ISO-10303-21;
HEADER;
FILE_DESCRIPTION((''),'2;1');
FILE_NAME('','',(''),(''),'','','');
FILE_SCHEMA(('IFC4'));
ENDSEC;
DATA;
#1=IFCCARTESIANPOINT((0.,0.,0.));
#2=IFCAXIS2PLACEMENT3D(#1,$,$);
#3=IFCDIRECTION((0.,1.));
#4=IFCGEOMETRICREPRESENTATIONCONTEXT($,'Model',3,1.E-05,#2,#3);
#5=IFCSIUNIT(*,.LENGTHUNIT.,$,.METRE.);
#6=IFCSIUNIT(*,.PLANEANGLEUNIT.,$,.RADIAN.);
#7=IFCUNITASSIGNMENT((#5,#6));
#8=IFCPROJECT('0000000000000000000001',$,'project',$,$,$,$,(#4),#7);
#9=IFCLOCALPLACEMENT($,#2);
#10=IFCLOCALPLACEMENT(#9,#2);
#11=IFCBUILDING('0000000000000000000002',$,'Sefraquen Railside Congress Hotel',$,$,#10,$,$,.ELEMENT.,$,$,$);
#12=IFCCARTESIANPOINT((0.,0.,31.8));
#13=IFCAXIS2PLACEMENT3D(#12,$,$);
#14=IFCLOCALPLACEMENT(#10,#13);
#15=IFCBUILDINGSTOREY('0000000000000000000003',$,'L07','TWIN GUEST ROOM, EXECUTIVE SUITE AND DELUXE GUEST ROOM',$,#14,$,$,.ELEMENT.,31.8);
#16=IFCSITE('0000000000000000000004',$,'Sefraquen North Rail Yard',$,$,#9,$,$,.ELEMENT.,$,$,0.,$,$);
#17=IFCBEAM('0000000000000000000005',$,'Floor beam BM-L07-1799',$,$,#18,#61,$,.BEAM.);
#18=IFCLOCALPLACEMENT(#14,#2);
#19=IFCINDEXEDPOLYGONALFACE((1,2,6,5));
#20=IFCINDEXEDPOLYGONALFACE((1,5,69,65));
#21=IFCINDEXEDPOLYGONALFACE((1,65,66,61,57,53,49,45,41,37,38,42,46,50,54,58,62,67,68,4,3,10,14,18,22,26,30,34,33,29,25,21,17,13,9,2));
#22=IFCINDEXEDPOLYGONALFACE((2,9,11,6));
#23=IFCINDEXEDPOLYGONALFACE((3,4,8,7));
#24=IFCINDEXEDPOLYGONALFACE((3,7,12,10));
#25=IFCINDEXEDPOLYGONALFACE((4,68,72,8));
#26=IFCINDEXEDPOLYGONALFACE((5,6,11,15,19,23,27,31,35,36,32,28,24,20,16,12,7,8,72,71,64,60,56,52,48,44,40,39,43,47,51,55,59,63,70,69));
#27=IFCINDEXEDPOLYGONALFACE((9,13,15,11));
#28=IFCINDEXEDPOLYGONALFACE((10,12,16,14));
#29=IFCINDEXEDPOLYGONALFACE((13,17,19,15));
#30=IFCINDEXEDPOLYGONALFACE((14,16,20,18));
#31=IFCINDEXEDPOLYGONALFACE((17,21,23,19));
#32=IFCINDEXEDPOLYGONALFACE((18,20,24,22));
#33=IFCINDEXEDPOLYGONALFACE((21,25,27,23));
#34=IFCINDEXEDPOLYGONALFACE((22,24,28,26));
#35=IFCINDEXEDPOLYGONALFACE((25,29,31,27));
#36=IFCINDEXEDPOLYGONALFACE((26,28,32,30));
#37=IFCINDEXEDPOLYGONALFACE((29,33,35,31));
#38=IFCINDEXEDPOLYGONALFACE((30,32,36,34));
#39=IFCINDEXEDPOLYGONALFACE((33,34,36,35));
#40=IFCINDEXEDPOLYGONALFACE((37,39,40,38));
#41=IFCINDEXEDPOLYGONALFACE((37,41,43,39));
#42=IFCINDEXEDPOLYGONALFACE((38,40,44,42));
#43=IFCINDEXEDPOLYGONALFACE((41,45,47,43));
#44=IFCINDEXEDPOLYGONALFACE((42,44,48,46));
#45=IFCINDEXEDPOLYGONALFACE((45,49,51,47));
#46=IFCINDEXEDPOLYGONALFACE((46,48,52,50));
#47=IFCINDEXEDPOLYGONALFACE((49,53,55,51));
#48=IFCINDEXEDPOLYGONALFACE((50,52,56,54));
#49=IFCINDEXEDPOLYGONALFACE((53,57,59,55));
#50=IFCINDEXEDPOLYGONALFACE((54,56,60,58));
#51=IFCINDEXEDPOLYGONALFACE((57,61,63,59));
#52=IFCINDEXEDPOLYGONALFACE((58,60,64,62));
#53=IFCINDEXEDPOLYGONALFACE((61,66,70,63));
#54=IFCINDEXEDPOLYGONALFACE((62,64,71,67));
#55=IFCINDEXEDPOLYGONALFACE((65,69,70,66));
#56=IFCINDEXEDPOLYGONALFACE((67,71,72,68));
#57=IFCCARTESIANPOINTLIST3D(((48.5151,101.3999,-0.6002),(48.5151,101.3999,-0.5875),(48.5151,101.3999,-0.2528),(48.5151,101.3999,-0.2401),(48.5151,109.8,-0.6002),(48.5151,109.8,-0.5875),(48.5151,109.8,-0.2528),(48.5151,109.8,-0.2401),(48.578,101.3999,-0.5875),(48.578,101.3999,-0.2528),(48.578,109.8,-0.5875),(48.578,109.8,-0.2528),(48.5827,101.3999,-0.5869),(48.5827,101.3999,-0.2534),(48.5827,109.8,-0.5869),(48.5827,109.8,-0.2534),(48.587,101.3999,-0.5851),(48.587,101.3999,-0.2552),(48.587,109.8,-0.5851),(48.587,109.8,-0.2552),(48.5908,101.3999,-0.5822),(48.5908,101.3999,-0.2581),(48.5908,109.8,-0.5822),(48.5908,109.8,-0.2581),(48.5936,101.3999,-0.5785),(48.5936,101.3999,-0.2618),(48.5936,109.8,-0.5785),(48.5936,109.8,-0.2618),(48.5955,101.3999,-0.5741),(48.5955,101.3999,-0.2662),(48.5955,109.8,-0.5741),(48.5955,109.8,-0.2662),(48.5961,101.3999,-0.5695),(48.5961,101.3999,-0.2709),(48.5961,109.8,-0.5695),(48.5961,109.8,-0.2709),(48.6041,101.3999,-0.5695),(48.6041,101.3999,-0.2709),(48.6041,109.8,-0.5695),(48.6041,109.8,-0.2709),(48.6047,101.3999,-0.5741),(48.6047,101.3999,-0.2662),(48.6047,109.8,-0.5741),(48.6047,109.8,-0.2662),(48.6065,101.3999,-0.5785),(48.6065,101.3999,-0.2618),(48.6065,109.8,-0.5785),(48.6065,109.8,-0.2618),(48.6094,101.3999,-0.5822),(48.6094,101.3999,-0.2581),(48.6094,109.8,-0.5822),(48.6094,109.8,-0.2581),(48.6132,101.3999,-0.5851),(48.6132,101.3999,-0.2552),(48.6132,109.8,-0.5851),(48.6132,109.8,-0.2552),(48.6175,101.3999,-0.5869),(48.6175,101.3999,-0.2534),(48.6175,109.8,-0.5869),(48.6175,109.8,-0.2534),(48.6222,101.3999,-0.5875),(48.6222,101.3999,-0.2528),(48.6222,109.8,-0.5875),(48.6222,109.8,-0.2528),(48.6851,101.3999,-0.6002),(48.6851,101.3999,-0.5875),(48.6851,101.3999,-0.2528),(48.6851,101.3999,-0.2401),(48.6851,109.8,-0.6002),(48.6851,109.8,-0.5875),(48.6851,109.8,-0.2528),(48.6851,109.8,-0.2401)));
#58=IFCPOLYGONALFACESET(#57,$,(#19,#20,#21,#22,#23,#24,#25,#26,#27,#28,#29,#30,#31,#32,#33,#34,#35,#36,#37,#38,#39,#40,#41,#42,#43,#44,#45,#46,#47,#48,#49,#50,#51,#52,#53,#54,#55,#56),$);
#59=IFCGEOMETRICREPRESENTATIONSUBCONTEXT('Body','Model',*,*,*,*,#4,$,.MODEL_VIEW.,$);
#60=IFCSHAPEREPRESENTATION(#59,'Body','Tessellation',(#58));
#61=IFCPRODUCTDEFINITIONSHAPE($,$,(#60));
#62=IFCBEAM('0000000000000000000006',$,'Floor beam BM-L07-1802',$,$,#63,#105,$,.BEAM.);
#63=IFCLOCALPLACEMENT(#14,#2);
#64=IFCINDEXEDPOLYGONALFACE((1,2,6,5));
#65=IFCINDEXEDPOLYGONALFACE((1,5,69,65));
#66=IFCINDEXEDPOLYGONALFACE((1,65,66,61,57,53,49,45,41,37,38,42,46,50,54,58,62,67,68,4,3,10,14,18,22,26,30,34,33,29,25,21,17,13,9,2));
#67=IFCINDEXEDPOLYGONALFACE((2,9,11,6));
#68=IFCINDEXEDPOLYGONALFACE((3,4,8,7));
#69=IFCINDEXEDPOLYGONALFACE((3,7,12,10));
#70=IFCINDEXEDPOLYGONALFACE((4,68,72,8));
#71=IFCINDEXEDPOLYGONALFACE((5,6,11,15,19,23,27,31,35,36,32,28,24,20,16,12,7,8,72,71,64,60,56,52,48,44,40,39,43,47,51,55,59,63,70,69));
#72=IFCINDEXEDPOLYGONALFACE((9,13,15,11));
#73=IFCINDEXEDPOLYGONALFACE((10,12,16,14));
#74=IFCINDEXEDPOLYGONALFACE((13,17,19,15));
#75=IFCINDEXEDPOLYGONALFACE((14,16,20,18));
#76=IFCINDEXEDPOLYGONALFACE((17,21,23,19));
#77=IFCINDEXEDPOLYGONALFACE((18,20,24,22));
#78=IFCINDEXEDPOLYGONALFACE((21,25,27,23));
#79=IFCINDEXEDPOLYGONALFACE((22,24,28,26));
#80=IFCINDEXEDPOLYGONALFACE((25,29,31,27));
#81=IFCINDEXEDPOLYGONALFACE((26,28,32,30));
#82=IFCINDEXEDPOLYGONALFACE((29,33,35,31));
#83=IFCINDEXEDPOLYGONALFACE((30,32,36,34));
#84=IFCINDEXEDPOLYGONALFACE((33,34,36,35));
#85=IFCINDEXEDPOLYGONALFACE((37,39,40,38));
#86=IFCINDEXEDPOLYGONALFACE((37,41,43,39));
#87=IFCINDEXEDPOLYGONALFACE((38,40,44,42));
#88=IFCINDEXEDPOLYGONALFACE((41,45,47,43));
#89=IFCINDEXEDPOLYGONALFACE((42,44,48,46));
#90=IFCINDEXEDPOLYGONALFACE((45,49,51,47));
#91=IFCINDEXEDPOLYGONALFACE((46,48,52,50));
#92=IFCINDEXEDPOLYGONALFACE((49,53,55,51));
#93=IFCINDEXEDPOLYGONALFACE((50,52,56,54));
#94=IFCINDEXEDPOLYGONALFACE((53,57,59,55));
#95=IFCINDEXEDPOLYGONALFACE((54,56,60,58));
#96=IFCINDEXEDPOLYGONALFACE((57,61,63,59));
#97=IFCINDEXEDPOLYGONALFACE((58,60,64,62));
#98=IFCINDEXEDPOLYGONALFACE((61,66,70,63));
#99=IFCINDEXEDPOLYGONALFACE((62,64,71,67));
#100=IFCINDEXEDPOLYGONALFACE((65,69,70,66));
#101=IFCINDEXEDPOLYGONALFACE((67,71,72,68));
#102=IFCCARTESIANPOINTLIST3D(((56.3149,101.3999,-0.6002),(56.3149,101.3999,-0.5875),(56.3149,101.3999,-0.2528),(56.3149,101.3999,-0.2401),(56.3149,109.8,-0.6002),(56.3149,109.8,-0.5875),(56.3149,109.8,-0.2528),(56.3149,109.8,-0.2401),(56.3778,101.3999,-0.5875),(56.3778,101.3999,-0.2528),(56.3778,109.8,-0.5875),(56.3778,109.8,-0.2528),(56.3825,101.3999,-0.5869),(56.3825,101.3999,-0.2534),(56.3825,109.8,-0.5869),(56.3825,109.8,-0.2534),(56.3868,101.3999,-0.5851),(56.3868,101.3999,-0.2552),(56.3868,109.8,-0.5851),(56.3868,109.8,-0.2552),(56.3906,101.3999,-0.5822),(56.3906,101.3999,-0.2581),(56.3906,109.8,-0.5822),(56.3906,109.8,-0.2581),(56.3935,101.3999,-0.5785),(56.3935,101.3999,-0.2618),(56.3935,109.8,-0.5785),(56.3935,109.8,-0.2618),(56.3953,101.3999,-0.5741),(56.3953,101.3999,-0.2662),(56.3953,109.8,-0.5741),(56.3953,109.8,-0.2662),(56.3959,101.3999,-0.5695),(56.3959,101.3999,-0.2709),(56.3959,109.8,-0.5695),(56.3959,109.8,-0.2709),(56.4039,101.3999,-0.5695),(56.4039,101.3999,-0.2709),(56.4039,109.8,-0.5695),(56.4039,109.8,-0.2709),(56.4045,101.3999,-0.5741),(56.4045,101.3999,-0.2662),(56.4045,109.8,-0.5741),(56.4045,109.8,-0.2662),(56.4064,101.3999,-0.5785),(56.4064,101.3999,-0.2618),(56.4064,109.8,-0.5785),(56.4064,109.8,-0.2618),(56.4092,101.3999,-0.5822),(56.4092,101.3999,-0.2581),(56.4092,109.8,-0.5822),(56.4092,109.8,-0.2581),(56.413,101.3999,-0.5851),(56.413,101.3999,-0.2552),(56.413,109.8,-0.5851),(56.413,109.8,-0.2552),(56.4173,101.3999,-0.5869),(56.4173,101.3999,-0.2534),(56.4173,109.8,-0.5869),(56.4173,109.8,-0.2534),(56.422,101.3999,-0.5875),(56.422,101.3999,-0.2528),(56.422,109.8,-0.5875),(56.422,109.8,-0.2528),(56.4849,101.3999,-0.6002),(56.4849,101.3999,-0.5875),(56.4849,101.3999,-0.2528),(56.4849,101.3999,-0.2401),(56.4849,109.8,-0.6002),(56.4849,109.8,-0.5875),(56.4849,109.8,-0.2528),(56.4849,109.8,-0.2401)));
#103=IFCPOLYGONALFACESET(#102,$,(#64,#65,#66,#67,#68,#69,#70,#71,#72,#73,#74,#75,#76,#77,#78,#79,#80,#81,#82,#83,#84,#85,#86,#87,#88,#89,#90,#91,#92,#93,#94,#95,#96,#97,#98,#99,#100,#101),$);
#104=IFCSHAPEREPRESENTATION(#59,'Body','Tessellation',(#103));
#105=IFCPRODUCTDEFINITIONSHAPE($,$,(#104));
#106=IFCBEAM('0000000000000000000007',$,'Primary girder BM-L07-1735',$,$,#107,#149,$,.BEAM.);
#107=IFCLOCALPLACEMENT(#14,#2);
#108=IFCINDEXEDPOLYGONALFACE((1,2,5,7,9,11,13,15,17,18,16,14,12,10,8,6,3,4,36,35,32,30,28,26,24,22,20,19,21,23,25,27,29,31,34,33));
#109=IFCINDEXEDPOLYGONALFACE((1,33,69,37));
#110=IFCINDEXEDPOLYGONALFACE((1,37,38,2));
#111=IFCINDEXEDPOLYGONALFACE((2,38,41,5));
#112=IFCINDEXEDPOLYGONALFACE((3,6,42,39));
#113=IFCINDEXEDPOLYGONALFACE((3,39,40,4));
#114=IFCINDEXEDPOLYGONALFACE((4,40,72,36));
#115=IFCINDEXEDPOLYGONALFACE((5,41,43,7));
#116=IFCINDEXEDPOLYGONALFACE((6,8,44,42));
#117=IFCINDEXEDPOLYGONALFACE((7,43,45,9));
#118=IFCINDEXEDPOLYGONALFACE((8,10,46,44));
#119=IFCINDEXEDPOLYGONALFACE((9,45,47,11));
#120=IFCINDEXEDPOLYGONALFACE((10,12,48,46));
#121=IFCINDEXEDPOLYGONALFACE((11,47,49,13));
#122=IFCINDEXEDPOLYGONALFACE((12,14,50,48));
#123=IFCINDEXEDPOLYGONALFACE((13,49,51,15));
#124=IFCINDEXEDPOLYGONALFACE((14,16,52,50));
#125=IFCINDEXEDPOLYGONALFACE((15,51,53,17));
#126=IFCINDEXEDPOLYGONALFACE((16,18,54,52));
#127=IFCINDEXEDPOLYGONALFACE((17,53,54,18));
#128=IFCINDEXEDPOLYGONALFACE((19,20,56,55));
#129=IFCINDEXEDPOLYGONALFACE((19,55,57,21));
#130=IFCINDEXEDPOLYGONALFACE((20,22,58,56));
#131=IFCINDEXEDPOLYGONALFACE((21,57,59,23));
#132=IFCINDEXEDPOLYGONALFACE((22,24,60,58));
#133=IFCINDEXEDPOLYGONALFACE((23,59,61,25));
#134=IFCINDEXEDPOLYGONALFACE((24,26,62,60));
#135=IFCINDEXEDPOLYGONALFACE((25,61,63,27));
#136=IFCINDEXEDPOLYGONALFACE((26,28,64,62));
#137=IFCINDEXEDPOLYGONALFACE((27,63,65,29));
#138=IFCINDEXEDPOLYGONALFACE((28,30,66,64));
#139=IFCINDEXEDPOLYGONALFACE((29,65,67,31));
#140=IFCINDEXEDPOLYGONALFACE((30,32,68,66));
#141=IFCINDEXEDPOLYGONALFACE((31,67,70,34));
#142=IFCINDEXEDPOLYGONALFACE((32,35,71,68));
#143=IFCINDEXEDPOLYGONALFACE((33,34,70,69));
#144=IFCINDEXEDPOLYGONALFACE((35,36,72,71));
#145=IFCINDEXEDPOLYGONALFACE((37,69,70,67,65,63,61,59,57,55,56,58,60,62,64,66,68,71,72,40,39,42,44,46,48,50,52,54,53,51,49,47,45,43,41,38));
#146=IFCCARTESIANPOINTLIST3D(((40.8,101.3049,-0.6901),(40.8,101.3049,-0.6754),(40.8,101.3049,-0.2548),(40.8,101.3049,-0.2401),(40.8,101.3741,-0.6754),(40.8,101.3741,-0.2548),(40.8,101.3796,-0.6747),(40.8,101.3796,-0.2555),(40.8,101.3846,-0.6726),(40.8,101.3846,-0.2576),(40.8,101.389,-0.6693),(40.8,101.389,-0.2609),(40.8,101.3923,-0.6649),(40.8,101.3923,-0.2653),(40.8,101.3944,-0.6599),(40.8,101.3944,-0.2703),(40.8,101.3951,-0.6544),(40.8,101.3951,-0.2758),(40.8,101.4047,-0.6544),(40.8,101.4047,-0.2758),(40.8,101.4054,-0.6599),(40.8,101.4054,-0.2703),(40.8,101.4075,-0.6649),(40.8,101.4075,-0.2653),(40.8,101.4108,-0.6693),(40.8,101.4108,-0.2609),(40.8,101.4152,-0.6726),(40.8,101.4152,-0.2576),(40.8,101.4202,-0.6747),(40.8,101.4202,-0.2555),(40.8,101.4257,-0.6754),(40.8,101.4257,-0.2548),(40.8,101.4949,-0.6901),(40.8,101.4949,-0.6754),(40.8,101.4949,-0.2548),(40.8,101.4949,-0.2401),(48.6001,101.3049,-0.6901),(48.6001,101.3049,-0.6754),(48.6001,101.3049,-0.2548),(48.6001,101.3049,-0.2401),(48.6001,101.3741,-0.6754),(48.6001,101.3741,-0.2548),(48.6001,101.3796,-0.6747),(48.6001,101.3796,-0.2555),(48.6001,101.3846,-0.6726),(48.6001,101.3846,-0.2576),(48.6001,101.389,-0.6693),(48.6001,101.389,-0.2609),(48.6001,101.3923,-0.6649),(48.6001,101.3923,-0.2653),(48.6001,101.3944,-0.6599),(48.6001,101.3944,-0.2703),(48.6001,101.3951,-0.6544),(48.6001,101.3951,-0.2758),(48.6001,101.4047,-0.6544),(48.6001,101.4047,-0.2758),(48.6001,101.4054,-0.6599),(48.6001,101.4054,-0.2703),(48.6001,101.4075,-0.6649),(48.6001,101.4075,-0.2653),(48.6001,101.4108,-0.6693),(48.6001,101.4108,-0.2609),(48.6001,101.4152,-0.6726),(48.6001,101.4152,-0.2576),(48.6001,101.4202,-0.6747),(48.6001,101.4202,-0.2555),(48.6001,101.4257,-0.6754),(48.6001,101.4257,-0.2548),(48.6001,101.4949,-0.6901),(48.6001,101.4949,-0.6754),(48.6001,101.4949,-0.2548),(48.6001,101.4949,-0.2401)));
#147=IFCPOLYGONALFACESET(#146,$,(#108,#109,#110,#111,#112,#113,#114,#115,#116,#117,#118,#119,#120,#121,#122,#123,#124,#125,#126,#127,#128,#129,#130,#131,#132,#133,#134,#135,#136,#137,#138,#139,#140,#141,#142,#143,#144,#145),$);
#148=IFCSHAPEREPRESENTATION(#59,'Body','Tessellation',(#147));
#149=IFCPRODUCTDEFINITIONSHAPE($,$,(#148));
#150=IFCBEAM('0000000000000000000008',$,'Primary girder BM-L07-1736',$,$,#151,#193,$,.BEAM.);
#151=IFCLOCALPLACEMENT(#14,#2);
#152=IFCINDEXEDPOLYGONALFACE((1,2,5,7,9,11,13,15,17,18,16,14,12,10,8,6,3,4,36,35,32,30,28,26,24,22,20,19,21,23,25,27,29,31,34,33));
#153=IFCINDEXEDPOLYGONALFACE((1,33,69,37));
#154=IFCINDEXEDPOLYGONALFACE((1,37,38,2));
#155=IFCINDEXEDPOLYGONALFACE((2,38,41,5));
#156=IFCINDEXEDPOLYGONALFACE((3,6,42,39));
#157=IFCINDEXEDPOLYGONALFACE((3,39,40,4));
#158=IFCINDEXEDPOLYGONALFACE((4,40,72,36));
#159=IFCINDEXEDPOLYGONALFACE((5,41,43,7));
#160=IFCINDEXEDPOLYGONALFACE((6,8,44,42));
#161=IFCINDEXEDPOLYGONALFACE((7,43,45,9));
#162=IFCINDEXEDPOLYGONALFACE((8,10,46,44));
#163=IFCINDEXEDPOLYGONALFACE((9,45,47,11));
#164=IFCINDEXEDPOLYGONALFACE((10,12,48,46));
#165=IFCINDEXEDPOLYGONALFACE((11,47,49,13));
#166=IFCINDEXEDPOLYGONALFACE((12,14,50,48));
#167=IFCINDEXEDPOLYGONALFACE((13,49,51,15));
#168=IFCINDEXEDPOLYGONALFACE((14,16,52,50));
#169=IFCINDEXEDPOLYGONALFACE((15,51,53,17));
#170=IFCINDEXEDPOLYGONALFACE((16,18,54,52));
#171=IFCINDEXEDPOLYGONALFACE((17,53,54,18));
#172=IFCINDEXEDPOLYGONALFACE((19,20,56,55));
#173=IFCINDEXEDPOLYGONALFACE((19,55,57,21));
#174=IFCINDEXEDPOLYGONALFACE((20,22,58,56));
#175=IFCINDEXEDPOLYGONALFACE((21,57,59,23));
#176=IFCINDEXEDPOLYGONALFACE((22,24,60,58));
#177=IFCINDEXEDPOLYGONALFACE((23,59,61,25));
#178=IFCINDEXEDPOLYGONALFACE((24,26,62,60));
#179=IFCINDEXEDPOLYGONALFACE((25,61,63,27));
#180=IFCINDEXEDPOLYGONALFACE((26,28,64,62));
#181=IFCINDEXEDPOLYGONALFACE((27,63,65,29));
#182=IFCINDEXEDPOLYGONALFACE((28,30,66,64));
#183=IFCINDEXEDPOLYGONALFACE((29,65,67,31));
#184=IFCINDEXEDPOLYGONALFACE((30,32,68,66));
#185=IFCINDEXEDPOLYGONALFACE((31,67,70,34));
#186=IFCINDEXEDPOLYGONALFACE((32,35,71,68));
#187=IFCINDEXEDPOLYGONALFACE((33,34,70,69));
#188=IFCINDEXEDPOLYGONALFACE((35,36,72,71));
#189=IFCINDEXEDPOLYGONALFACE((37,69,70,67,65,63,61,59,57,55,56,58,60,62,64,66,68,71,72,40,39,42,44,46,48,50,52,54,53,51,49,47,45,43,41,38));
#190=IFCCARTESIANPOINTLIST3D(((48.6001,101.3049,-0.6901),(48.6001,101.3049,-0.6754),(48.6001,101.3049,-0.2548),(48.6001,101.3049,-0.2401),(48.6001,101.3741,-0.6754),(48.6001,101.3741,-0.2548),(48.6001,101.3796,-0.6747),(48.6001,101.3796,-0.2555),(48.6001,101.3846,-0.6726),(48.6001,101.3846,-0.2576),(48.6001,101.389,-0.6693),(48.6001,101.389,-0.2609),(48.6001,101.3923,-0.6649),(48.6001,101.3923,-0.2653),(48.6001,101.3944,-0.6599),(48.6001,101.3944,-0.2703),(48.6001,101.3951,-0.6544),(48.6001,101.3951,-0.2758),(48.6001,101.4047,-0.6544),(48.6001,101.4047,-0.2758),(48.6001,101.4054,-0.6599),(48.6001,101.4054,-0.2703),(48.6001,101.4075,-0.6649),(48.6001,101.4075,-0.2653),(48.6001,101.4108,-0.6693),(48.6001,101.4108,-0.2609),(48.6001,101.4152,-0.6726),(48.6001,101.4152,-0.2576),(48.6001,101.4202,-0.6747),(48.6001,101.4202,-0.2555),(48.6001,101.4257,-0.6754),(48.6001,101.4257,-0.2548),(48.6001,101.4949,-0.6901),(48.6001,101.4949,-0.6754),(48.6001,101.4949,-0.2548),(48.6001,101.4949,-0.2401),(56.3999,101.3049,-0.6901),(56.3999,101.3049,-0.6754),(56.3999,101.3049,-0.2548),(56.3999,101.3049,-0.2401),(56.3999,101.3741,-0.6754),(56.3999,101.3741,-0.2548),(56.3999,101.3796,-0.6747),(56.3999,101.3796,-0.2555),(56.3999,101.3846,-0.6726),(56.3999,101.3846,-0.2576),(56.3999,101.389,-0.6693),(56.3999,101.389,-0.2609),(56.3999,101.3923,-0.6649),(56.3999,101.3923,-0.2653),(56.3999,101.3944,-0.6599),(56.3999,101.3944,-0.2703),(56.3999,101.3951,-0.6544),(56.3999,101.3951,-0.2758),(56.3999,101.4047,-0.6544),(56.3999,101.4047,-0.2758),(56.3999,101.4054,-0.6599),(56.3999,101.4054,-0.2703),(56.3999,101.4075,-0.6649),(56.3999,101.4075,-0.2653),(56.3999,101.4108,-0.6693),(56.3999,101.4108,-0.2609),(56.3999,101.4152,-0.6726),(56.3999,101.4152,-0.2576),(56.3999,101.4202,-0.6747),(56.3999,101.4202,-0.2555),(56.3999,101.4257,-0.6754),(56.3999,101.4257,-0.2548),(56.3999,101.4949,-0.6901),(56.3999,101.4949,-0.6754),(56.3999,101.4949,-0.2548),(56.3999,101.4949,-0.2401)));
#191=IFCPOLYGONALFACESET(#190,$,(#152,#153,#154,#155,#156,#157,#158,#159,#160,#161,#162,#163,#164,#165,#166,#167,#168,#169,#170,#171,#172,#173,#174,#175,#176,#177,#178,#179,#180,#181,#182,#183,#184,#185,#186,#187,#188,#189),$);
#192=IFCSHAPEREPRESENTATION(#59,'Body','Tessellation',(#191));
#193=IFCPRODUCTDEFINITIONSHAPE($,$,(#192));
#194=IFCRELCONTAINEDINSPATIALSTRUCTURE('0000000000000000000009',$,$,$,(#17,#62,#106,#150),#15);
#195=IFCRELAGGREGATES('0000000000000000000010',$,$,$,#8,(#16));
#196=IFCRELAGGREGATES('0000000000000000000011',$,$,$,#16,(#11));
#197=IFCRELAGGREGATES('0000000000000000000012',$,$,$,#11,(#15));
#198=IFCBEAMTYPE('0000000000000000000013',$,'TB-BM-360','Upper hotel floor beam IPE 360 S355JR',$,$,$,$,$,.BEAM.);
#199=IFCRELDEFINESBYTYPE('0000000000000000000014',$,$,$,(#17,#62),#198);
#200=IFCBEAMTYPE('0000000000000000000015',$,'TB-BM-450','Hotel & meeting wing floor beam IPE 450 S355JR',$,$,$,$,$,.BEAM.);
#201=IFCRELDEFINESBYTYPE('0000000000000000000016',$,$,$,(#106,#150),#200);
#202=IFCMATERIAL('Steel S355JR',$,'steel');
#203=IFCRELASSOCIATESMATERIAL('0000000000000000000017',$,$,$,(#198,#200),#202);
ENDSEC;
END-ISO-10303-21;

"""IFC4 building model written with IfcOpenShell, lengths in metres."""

from ifc_helpers import new_model, si_unit, direction, frame, origin, origin_2d, place, context, subcontext, project, spatial, i_section, extrude, material, material_profile, profile_set, type_object, element, save


model = new_model("IFC4")

# Units and contexts
model_context = context("Model", 3, precision=1e-05, world=origin(), true_north=direction((0.0, 1.0)))
body_context = subcontext(model_context, "Body", "Model", "MODEL_VIEW")
ifc_project = project(units=[si_unit("LENGTHUNIT", "METRE"), si_unit("PLANEANGLEUNIT", "RADIAN")], contexts=[model_context])

# Site, building, storey
site_placement = place(None, origin())
site = spatial("IfcSite", under=ifc_project, at=site_placement, Name="Sefraquen North Rail Yard", CompositionType="ELEMENT", RefElevation=0.0)
building_placement = place(site_placement, origin())
building = spatial("IfcBuilding", under=site, at=building_placement, Name="Sefraquen Railside Congress Hotel", CompositionType="ELEMENT")
storey_placement = place(building_placement, frame((0.0, 0.0, 31.8)))
storey = spatial("IfcBuildingStorey", under=building, at=storey_placement, Name="L07", Description="TWIN GUEST ROOM, EXECUTIVE SUITE AND DELUXE GUEST ROOM", CompositionType="ELEMENT", Elevation=31.8)

# Shared definitions
ifc_material_1 = material(Name="Steel S355JR", Category="steel")

# Beams
ifc_material_profile_1 = material_profile(ifc_material_1, i_section(OverallWidth=0.1699, OverallDepth=0.3601, WebThickness=0.0081, FlangeThickness=0.0127, FilletRadius=0.0181, at=origin_2d()), Name="IPE 360")
ifc_profile_set_1 = profile_set([ifc_material_profile_1], Name="Steel S355JR")
beam_type_1 = type_object("IfcBeamType", Name="TB-BM-360", Description="Upper hotel floor beam IPE 360 S355JR", PredefinedType="BEAM", material=ifc_profile_set_1)
for number, where, z_axis, x_axis, name in (
    (1, (48.6001, 101.3999, -0.4202), (0.0, 1.0, 0.0), (-1.0, 0.0, 0.0), "Floor beam BM-L07-1799"),
    (2, (56.3999, 101.3999, -0.4202), (0.0, 1.0, 0.0), (-1.0, 0.0, 0.0), "Floor beam BM-L07-1802"),
):
    element("IfcBeam", number, at=place(storey_placement, frame(where, z_axis=z_axis, x_axis=x_axis)), inside=storey, type_object=beam_type_1, Name=name, PredefinedType="BEAM", context=body_context, shape_type="SweptSolid", body=[
        extrude(i_section(OverallWidth=0.1699, OverallDepth=0.3601, WebThickness=0.0081, FlangeThickness=0.0127, FilletRadius=0.0181, at=origin_2d()), origin(), (0.0, 0.0, 1.0), 8.4001),
    ])
ifc_material_profile_2 = material_profile(ifc_material_1, i_section(OverallWidth=0.1899, OverallDepth=0.45, WebThickness=0.0095, FlangeThickness=0.0146, FilletRadius=0.021, at=origin_2d()), Name="IPE 450")
ifc_profile_set_2 = profile_set([ifc_material_profile_2], Name="Steel S355JR")
beam_type_2 = type_object("IfcBeamType", Name="TB-BM-450", Description="Hotel & meeting wing floor beam IPE 450 S355JR", PredefinedType="BEAM", material=ifc_profile_set_2)
beam_1_placement = place(storey_placement, frame((40.8, 101.3999, -0.4651), z_axis=(1.0, 0.0, 0.0), x_axis=(0.0, 1.0, 0.0)))
element("IfcBeam", 3, at=beam_1_placement, inside=storey, type_object=beam_type_2, Name="Primary girder BM-L07-1735", PredefinedType="BEAM", context=body_context, shape_type="SweptSolid", body=[
    extrude(i_section(OverallWidth=0.1899, OverallDepth=0.45, WebThickness=0.0095, FlangeThickness=0.0146, FilletRadius=0.021, at=origin_2d()), origin(), (0.0, 0.0, 1.0), 7.8),
])
beam_2_placement = place(storey_placement, frame((48.6001, 101.3999, -0.4651), z_axis=(1.0, 0.0, 0.0), x_axis=(0.0, 1.0, 0.0)))
element("IfcBeam", 4, at=beam_2_placement, inside=storey, type_object=beam_type_2, Name="Primary girder BM-L07-1736", PredefinedType="BEAM", context=body_context, shape_type="SweptSolid", body=[
    extrude(i_section(OverallWidth=0.1899, OverallDepth=0.45, WebThickness=0.0095, FlangeThickness=0.0146, FilletRadius=0.021, at=origin_2d()), origin(), (0.0, 0.0, 1.0), 7.7998),
])

save(model, "model.ifc")
